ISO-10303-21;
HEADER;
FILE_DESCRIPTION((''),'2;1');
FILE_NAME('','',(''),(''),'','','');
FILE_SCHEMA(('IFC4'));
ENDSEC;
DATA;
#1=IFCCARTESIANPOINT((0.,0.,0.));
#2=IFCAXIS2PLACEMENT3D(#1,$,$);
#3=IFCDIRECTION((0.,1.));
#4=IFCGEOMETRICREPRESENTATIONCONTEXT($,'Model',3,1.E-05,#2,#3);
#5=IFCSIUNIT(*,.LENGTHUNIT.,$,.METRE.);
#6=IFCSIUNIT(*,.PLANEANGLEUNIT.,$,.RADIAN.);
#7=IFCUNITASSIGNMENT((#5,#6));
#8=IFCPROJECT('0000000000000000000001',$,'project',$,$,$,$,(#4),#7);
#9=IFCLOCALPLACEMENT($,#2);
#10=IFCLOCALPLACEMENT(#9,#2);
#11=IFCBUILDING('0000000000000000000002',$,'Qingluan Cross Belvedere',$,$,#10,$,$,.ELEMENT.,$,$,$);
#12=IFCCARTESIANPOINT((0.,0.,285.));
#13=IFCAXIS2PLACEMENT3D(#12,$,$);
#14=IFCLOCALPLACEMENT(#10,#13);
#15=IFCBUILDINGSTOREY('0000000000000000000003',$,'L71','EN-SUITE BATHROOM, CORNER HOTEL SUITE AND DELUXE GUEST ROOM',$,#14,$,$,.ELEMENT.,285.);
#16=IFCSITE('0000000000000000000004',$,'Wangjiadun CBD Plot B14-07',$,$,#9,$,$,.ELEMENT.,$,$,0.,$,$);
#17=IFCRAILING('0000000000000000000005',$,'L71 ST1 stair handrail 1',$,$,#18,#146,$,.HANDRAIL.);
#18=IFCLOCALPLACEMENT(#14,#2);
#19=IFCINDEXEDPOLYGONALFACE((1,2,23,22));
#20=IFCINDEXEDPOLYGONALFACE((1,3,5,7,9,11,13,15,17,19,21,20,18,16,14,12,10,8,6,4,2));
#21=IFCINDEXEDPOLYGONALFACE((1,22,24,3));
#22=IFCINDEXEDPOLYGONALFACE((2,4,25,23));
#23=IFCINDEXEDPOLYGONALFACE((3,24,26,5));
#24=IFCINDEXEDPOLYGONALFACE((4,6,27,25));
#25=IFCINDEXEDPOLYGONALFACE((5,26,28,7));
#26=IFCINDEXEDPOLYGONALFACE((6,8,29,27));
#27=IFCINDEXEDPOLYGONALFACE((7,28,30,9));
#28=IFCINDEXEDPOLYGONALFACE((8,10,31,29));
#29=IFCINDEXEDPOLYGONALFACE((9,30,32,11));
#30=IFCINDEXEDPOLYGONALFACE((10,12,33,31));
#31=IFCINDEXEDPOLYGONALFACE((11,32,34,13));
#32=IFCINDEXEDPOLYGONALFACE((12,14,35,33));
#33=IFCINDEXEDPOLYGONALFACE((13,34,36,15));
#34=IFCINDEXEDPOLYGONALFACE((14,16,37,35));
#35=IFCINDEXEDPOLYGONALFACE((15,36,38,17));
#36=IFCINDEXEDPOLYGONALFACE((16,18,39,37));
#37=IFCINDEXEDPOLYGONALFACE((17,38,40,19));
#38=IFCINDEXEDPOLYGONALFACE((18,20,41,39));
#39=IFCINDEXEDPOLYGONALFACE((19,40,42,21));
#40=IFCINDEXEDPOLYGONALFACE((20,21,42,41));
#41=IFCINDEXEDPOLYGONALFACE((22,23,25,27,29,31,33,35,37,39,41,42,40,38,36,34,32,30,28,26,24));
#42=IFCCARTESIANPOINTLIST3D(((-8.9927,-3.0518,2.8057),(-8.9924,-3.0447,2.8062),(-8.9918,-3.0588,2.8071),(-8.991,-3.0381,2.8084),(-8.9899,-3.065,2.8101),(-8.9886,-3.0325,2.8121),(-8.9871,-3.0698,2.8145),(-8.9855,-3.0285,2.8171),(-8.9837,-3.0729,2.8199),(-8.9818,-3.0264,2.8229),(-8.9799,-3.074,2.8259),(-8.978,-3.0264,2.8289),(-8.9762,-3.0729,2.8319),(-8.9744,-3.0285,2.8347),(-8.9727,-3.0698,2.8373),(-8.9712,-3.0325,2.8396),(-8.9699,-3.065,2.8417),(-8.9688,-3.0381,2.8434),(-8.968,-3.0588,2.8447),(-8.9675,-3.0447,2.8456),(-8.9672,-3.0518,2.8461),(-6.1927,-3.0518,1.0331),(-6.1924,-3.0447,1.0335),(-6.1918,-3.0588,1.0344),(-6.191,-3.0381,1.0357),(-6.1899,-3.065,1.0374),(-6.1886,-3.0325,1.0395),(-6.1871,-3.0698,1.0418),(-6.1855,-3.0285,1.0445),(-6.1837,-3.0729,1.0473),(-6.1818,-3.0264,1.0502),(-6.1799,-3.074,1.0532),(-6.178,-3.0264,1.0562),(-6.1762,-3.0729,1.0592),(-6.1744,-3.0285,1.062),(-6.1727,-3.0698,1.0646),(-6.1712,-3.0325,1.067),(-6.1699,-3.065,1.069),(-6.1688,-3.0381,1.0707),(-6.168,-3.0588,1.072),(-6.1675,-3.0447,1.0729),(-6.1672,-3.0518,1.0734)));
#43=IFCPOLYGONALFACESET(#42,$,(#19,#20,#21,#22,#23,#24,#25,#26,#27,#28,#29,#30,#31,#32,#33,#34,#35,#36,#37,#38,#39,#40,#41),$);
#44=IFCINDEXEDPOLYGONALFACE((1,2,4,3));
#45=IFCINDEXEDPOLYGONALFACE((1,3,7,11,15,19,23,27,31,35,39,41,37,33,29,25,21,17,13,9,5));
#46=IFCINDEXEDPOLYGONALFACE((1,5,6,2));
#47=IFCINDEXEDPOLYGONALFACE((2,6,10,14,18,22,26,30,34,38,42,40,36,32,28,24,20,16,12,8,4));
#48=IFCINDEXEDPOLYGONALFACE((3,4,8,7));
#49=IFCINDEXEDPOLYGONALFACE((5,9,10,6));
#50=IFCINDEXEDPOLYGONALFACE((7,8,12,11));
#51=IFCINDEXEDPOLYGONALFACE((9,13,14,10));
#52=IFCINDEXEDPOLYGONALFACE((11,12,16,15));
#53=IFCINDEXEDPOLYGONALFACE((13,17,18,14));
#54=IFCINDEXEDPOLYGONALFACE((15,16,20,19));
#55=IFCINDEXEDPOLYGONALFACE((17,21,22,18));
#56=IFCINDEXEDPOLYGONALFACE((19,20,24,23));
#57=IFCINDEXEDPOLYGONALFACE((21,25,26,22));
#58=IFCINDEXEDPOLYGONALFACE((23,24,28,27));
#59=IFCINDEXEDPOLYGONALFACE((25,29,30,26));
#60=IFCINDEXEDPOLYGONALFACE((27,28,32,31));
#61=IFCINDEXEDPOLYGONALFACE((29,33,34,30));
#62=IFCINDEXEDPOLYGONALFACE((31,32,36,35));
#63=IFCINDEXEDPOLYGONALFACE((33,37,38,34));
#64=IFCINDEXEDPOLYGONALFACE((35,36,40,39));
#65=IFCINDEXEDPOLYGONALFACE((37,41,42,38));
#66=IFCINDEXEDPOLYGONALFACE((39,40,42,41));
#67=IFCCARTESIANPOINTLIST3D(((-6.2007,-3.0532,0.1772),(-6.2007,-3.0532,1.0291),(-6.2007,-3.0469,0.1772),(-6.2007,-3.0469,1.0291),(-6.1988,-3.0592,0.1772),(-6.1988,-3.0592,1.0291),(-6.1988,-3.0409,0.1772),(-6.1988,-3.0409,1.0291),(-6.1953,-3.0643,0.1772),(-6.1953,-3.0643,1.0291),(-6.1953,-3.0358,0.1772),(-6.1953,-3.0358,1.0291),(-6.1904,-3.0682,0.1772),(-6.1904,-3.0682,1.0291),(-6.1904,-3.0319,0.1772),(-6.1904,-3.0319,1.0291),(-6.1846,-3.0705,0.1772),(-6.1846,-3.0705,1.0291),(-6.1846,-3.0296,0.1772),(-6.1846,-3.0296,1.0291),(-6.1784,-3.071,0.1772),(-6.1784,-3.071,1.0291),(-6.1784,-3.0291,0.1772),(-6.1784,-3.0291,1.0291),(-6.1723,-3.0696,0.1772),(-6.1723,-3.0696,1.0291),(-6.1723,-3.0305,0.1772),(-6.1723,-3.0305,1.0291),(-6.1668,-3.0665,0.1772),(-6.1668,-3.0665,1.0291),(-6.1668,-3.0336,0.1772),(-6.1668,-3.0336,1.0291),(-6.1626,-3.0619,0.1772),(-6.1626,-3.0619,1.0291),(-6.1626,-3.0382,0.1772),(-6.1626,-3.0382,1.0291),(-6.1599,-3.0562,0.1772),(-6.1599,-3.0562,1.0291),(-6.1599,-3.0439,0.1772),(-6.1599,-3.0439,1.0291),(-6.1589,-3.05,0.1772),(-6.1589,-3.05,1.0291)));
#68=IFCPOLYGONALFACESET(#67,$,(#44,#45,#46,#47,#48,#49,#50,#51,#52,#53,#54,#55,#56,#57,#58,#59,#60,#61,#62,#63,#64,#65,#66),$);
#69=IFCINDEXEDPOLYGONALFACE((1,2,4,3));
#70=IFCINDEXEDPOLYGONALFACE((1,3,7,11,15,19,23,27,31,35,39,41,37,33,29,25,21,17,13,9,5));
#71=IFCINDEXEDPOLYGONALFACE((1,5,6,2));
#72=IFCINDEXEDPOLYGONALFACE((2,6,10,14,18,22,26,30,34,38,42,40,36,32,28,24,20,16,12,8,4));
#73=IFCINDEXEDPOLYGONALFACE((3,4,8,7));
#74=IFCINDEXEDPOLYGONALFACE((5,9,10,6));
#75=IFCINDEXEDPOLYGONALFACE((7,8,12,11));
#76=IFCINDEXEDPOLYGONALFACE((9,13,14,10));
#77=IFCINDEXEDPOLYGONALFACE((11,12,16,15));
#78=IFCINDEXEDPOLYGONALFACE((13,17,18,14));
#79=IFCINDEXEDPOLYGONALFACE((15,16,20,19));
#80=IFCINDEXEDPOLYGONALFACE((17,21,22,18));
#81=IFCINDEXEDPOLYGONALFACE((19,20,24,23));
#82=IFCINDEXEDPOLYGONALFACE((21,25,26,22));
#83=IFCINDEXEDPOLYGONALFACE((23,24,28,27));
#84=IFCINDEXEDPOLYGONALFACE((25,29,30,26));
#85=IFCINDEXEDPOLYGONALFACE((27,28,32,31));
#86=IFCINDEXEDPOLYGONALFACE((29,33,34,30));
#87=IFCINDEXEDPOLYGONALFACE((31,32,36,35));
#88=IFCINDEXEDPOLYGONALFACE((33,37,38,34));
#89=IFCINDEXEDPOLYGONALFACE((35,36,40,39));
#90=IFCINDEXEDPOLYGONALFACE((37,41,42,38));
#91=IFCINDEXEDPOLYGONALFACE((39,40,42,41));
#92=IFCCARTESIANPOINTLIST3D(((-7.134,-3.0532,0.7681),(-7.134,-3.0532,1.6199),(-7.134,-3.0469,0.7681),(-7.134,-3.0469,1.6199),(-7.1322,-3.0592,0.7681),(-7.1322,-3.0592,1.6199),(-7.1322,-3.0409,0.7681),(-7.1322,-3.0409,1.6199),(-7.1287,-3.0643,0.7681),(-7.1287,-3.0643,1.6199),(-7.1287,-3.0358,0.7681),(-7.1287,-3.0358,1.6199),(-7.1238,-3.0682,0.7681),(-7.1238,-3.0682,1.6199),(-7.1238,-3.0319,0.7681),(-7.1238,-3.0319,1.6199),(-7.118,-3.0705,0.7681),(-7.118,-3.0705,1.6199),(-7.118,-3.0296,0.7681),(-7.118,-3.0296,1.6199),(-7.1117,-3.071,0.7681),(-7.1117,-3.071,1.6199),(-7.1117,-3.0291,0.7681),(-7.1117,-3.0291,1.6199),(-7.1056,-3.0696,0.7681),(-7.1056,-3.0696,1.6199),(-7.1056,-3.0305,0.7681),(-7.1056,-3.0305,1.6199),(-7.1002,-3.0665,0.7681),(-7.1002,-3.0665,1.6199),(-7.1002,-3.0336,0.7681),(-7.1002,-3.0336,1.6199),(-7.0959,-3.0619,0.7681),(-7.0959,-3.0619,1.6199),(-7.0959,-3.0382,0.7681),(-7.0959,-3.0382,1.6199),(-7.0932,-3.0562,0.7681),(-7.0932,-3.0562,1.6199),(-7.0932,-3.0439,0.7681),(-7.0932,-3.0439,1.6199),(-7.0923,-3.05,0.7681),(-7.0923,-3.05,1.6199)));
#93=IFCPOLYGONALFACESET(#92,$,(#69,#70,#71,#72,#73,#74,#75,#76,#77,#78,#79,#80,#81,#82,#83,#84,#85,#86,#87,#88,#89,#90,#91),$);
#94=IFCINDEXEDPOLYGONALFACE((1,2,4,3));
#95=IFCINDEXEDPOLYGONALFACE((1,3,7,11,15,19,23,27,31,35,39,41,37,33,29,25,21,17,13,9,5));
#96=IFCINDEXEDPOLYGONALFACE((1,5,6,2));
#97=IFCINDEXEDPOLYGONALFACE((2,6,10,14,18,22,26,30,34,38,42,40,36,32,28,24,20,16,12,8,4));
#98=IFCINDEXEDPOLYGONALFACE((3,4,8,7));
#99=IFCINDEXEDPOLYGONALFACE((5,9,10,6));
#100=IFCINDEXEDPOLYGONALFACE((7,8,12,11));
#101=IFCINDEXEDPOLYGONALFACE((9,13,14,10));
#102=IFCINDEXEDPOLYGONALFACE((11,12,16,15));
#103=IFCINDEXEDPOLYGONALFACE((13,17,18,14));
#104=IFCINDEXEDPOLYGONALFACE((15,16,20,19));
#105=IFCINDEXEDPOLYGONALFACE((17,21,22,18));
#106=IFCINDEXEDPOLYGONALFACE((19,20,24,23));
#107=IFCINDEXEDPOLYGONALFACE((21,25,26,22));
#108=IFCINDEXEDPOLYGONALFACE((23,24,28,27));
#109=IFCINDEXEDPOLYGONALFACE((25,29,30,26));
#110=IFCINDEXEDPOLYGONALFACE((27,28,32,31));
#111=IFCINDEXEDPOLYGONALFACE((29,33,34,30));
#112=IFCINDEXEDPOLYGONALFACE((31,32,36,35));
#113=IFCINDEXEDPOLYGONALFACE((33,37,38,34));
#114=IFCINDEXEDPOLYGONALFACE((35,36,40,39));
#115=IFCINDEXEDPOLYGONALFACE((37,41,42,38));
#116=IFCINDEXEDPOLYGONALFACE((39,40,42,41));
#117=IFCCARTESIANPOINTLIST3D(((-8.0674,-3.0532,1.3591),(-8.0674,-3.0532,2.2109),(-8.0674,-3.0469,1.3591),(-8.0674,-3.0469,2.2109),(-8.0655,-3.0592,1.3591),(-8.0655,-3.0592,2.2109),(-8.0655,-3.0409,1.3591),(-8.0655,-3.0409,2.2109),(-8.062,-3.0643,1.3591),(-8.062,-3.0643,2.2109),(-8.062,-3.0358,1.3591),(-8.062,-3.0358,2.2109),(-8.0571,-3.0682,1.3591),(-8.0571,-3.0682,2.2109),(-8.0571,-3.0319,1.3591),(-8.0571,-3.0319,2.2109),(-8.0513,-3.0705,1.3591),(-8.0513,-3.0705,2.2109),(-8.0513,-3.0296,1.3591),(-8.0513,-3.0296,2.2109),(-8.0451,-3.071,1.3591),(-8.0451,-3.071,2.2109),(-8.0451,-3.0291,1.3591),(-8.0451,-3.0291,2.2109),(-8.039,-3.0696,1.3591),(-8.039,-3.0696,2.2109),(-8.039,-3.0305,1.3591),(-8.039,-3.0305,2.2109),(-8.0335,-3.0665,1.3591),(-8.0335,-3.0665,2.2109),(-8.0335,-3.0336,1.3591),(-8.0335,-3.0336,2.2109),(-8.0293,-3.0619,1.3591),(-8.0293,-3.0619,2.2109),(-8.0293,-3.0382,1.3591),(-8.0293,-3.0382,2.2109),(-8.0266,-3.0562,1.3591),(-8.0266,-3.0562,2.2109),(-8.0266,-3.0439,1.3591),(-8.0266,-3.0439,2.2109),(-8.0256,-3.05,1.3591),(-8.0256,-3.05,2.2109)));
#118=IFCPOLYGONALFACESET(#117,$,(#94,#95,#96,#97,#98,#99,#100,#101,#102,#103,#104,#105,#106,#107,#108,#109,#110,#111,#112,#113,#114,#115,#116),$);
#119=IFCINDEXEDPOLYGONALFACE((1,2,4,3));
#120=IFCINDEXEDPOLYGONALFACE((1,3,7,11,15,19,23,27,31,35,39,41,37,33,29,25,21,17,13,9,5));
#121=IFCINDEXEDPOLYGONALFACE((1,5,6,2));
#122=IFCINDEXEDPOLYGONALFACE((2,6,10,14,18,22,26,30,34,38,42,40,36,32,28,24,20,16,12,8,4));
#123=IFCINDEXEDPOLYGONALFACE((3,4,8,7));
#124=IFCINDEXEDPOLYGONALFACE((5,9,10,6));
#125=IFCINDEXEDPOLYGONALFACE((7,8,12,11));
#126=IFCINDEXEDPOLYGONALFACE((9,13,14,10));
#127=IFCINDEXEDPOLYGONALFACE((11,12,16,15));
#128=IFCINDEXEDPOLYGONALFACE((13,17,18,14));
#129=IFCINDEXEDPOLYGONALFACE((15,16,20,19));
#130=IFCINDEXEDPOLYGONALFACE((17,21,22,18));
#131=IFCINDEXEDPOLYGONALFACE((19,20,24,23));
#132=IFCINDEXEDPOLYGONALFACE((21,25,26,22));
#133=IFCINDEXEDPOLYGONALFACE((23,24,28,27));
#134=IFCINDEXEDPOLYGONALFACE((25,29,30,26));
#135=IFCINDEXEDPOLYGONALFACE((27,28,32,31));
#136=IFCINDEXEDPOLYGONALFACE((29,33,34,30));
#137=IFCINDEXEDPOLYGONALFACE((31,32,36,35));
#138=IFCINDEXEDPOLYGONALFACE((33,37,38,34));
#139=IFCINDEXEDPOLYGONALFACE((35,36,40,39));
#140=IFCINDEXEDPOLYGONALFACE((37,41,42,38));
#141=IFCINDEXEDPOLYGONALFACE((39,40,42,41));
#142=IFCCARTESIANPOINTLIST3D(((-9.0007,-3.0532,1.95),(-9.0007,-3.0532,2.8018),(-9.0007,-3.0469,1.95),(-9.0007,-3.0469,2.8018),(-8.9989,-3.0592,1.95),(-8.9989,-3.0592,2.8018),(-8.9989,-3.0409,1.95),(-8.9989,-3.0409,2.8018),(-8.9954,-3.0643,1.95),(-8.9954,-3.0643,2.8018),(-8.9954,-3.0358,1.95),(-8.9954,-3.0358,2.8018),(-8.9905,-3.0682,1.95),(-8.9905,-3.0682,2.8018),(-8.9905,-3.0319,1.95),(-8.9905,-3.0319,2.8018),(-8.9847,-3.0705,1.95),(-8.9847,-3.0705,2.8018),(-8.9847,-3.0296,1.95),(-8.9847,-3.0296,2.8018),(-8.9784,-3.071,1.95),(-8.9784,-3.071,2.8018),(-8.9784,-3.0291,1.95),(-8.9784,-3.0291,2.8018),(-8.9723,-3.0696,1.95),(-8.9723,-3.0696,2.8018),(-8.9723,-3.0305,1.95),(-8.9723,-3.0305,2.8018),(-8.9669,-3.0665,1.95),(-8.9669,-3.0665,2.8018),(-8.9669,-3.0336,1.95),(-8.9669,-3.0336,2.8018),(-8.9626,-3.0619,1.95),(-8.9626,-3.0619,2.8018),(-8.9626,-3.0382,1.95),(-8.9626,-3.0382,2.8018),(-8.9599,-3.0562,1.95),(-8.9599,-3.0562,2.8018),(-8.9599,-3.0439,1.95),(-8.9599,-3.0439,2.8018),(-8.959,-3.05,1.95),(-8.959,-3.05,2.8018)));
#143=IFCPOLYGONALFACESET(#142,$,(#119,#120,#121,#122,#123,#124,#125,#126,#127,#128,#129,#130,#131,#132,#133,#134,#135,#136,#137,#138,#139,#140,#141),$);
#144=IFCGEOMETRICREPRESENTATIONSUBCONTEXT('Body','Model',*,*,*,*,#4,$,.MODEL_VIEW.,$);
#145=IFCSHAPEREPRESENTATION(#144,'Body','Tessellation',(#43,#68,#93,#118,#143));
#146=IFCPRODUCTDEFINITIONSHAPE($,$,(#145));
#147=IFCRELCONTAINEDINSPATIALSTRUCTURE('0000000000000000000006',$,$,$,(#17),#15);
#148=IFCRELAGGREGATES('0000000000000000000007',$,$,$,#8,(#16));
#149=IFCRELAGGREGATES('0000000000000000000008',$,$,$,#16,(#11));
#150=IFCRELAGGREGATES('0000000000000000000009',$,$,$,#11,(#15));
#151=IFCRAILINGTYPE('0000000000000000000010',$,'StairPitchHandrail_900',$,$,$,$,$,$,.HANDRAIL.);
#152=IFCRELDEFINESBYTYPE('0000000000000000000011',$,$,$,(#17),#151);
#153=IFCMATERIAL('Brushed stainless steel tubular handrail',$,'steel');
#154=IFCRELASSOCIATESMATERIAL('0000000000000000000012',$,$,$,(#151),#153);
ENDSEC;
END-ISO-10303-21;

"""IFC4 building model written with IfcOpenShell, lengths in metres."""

from ifc_helpers import new_model, si_unit, direction, frame, origin, origin_2d, place, context, subcontext, project, spatial, circle, extrude, material, type_object, element, save


model = new_model("IFC4")

# Units and contexts
model_context = context("Model", 3, precision=1e-05, world=origin(), true_north=direction((0.0, 1.0)))
body_context = subcontext(model_context, "Body", "Model", "MODEL_VIEW")
ifc_project = project(units=[si_unit("LENGTHUNIT", "METRE"), si_unit("PLANEANGLEUNIT", "RADIAN")], contexts=[model_context])

# Site, building, storey
site_placement = place(None, origin())
site = spatial("IfcSite", under=ifc_project, at=site_placement, Name="Wangjiadun CBD Plot B14-07", CompositionType="ELEMENT", RefElevation=0.0)
building_placement = place(site_placement, origin())
building = spatial("IfcBuilding", under=site, at=building_placement, Name="Qingluan Cross Belvedere", CompositionType="ELEMENT")
storey_placement = place(building_placement, frame((0.0, 0.0, 285.0)))
storey = spatial("IfcBuildingStorey", under=building, at=storey_placement, Name="L71", Description="EN-SUITE BATHROOM, CORNER HOTEL SUITE AND DELUXE GUEST ROOM", CompositionType="ELEMENT", Elevation=285.0)

# Railing
ifc_material_1 = material(Name="Brushed stainless steel tubular handrail", Category="steel")
railing_type_1 = type_object("IfcRailingType", Name="StairPitchHandrail_900", PredefinedType="HANDRAIL", material=ifc_material_1)
railing_1_placement = place(storey_placement, frame((-6.1799, -3.05, 0.1772)))
element("IfcRailing", 1, at=railing_1_placement, inside=storey, type_object=railing_type_1, Name="L71 ST1 stair handrail 1", PredefinedType="HANDRAIL", context=body_context, shape_type="SweptSolid", body=[
    extrude(circle(Radius=0.0239, at=origin_2d()), frame((0.0, 0.0, 0.876), z_axis=(-0.844909, 0.0, 0.53491), x_axis=(0.0, -1.0, 0.0)), (0.0, 0.0, 1.0), 3.314),
    extrude(circle(Radius=0.021, at=origin_2d()), origin(), (0.0, 0.0, 1.0), 0.8518),
    extrude(circle(Radius=0.021, at=origin_2d()), frame((-0.9333, 0.0, 0.5908)), (0.0, 0.0, 1.0), 0.8518),
    extrude(circle(Radius=0.021, at=origin_2d()), frame((-1.8667, 0.0, 1.1819)), (0.0, 0.0, 1.0), 0.8518),
    extrude(circle(Radius=0.021, at=origin_2d()), frame((-2.8, 0.0, 1.7727)), (0.0, 0.0, 1.0), 0.8518),
])

save(model, "model.ifc")
